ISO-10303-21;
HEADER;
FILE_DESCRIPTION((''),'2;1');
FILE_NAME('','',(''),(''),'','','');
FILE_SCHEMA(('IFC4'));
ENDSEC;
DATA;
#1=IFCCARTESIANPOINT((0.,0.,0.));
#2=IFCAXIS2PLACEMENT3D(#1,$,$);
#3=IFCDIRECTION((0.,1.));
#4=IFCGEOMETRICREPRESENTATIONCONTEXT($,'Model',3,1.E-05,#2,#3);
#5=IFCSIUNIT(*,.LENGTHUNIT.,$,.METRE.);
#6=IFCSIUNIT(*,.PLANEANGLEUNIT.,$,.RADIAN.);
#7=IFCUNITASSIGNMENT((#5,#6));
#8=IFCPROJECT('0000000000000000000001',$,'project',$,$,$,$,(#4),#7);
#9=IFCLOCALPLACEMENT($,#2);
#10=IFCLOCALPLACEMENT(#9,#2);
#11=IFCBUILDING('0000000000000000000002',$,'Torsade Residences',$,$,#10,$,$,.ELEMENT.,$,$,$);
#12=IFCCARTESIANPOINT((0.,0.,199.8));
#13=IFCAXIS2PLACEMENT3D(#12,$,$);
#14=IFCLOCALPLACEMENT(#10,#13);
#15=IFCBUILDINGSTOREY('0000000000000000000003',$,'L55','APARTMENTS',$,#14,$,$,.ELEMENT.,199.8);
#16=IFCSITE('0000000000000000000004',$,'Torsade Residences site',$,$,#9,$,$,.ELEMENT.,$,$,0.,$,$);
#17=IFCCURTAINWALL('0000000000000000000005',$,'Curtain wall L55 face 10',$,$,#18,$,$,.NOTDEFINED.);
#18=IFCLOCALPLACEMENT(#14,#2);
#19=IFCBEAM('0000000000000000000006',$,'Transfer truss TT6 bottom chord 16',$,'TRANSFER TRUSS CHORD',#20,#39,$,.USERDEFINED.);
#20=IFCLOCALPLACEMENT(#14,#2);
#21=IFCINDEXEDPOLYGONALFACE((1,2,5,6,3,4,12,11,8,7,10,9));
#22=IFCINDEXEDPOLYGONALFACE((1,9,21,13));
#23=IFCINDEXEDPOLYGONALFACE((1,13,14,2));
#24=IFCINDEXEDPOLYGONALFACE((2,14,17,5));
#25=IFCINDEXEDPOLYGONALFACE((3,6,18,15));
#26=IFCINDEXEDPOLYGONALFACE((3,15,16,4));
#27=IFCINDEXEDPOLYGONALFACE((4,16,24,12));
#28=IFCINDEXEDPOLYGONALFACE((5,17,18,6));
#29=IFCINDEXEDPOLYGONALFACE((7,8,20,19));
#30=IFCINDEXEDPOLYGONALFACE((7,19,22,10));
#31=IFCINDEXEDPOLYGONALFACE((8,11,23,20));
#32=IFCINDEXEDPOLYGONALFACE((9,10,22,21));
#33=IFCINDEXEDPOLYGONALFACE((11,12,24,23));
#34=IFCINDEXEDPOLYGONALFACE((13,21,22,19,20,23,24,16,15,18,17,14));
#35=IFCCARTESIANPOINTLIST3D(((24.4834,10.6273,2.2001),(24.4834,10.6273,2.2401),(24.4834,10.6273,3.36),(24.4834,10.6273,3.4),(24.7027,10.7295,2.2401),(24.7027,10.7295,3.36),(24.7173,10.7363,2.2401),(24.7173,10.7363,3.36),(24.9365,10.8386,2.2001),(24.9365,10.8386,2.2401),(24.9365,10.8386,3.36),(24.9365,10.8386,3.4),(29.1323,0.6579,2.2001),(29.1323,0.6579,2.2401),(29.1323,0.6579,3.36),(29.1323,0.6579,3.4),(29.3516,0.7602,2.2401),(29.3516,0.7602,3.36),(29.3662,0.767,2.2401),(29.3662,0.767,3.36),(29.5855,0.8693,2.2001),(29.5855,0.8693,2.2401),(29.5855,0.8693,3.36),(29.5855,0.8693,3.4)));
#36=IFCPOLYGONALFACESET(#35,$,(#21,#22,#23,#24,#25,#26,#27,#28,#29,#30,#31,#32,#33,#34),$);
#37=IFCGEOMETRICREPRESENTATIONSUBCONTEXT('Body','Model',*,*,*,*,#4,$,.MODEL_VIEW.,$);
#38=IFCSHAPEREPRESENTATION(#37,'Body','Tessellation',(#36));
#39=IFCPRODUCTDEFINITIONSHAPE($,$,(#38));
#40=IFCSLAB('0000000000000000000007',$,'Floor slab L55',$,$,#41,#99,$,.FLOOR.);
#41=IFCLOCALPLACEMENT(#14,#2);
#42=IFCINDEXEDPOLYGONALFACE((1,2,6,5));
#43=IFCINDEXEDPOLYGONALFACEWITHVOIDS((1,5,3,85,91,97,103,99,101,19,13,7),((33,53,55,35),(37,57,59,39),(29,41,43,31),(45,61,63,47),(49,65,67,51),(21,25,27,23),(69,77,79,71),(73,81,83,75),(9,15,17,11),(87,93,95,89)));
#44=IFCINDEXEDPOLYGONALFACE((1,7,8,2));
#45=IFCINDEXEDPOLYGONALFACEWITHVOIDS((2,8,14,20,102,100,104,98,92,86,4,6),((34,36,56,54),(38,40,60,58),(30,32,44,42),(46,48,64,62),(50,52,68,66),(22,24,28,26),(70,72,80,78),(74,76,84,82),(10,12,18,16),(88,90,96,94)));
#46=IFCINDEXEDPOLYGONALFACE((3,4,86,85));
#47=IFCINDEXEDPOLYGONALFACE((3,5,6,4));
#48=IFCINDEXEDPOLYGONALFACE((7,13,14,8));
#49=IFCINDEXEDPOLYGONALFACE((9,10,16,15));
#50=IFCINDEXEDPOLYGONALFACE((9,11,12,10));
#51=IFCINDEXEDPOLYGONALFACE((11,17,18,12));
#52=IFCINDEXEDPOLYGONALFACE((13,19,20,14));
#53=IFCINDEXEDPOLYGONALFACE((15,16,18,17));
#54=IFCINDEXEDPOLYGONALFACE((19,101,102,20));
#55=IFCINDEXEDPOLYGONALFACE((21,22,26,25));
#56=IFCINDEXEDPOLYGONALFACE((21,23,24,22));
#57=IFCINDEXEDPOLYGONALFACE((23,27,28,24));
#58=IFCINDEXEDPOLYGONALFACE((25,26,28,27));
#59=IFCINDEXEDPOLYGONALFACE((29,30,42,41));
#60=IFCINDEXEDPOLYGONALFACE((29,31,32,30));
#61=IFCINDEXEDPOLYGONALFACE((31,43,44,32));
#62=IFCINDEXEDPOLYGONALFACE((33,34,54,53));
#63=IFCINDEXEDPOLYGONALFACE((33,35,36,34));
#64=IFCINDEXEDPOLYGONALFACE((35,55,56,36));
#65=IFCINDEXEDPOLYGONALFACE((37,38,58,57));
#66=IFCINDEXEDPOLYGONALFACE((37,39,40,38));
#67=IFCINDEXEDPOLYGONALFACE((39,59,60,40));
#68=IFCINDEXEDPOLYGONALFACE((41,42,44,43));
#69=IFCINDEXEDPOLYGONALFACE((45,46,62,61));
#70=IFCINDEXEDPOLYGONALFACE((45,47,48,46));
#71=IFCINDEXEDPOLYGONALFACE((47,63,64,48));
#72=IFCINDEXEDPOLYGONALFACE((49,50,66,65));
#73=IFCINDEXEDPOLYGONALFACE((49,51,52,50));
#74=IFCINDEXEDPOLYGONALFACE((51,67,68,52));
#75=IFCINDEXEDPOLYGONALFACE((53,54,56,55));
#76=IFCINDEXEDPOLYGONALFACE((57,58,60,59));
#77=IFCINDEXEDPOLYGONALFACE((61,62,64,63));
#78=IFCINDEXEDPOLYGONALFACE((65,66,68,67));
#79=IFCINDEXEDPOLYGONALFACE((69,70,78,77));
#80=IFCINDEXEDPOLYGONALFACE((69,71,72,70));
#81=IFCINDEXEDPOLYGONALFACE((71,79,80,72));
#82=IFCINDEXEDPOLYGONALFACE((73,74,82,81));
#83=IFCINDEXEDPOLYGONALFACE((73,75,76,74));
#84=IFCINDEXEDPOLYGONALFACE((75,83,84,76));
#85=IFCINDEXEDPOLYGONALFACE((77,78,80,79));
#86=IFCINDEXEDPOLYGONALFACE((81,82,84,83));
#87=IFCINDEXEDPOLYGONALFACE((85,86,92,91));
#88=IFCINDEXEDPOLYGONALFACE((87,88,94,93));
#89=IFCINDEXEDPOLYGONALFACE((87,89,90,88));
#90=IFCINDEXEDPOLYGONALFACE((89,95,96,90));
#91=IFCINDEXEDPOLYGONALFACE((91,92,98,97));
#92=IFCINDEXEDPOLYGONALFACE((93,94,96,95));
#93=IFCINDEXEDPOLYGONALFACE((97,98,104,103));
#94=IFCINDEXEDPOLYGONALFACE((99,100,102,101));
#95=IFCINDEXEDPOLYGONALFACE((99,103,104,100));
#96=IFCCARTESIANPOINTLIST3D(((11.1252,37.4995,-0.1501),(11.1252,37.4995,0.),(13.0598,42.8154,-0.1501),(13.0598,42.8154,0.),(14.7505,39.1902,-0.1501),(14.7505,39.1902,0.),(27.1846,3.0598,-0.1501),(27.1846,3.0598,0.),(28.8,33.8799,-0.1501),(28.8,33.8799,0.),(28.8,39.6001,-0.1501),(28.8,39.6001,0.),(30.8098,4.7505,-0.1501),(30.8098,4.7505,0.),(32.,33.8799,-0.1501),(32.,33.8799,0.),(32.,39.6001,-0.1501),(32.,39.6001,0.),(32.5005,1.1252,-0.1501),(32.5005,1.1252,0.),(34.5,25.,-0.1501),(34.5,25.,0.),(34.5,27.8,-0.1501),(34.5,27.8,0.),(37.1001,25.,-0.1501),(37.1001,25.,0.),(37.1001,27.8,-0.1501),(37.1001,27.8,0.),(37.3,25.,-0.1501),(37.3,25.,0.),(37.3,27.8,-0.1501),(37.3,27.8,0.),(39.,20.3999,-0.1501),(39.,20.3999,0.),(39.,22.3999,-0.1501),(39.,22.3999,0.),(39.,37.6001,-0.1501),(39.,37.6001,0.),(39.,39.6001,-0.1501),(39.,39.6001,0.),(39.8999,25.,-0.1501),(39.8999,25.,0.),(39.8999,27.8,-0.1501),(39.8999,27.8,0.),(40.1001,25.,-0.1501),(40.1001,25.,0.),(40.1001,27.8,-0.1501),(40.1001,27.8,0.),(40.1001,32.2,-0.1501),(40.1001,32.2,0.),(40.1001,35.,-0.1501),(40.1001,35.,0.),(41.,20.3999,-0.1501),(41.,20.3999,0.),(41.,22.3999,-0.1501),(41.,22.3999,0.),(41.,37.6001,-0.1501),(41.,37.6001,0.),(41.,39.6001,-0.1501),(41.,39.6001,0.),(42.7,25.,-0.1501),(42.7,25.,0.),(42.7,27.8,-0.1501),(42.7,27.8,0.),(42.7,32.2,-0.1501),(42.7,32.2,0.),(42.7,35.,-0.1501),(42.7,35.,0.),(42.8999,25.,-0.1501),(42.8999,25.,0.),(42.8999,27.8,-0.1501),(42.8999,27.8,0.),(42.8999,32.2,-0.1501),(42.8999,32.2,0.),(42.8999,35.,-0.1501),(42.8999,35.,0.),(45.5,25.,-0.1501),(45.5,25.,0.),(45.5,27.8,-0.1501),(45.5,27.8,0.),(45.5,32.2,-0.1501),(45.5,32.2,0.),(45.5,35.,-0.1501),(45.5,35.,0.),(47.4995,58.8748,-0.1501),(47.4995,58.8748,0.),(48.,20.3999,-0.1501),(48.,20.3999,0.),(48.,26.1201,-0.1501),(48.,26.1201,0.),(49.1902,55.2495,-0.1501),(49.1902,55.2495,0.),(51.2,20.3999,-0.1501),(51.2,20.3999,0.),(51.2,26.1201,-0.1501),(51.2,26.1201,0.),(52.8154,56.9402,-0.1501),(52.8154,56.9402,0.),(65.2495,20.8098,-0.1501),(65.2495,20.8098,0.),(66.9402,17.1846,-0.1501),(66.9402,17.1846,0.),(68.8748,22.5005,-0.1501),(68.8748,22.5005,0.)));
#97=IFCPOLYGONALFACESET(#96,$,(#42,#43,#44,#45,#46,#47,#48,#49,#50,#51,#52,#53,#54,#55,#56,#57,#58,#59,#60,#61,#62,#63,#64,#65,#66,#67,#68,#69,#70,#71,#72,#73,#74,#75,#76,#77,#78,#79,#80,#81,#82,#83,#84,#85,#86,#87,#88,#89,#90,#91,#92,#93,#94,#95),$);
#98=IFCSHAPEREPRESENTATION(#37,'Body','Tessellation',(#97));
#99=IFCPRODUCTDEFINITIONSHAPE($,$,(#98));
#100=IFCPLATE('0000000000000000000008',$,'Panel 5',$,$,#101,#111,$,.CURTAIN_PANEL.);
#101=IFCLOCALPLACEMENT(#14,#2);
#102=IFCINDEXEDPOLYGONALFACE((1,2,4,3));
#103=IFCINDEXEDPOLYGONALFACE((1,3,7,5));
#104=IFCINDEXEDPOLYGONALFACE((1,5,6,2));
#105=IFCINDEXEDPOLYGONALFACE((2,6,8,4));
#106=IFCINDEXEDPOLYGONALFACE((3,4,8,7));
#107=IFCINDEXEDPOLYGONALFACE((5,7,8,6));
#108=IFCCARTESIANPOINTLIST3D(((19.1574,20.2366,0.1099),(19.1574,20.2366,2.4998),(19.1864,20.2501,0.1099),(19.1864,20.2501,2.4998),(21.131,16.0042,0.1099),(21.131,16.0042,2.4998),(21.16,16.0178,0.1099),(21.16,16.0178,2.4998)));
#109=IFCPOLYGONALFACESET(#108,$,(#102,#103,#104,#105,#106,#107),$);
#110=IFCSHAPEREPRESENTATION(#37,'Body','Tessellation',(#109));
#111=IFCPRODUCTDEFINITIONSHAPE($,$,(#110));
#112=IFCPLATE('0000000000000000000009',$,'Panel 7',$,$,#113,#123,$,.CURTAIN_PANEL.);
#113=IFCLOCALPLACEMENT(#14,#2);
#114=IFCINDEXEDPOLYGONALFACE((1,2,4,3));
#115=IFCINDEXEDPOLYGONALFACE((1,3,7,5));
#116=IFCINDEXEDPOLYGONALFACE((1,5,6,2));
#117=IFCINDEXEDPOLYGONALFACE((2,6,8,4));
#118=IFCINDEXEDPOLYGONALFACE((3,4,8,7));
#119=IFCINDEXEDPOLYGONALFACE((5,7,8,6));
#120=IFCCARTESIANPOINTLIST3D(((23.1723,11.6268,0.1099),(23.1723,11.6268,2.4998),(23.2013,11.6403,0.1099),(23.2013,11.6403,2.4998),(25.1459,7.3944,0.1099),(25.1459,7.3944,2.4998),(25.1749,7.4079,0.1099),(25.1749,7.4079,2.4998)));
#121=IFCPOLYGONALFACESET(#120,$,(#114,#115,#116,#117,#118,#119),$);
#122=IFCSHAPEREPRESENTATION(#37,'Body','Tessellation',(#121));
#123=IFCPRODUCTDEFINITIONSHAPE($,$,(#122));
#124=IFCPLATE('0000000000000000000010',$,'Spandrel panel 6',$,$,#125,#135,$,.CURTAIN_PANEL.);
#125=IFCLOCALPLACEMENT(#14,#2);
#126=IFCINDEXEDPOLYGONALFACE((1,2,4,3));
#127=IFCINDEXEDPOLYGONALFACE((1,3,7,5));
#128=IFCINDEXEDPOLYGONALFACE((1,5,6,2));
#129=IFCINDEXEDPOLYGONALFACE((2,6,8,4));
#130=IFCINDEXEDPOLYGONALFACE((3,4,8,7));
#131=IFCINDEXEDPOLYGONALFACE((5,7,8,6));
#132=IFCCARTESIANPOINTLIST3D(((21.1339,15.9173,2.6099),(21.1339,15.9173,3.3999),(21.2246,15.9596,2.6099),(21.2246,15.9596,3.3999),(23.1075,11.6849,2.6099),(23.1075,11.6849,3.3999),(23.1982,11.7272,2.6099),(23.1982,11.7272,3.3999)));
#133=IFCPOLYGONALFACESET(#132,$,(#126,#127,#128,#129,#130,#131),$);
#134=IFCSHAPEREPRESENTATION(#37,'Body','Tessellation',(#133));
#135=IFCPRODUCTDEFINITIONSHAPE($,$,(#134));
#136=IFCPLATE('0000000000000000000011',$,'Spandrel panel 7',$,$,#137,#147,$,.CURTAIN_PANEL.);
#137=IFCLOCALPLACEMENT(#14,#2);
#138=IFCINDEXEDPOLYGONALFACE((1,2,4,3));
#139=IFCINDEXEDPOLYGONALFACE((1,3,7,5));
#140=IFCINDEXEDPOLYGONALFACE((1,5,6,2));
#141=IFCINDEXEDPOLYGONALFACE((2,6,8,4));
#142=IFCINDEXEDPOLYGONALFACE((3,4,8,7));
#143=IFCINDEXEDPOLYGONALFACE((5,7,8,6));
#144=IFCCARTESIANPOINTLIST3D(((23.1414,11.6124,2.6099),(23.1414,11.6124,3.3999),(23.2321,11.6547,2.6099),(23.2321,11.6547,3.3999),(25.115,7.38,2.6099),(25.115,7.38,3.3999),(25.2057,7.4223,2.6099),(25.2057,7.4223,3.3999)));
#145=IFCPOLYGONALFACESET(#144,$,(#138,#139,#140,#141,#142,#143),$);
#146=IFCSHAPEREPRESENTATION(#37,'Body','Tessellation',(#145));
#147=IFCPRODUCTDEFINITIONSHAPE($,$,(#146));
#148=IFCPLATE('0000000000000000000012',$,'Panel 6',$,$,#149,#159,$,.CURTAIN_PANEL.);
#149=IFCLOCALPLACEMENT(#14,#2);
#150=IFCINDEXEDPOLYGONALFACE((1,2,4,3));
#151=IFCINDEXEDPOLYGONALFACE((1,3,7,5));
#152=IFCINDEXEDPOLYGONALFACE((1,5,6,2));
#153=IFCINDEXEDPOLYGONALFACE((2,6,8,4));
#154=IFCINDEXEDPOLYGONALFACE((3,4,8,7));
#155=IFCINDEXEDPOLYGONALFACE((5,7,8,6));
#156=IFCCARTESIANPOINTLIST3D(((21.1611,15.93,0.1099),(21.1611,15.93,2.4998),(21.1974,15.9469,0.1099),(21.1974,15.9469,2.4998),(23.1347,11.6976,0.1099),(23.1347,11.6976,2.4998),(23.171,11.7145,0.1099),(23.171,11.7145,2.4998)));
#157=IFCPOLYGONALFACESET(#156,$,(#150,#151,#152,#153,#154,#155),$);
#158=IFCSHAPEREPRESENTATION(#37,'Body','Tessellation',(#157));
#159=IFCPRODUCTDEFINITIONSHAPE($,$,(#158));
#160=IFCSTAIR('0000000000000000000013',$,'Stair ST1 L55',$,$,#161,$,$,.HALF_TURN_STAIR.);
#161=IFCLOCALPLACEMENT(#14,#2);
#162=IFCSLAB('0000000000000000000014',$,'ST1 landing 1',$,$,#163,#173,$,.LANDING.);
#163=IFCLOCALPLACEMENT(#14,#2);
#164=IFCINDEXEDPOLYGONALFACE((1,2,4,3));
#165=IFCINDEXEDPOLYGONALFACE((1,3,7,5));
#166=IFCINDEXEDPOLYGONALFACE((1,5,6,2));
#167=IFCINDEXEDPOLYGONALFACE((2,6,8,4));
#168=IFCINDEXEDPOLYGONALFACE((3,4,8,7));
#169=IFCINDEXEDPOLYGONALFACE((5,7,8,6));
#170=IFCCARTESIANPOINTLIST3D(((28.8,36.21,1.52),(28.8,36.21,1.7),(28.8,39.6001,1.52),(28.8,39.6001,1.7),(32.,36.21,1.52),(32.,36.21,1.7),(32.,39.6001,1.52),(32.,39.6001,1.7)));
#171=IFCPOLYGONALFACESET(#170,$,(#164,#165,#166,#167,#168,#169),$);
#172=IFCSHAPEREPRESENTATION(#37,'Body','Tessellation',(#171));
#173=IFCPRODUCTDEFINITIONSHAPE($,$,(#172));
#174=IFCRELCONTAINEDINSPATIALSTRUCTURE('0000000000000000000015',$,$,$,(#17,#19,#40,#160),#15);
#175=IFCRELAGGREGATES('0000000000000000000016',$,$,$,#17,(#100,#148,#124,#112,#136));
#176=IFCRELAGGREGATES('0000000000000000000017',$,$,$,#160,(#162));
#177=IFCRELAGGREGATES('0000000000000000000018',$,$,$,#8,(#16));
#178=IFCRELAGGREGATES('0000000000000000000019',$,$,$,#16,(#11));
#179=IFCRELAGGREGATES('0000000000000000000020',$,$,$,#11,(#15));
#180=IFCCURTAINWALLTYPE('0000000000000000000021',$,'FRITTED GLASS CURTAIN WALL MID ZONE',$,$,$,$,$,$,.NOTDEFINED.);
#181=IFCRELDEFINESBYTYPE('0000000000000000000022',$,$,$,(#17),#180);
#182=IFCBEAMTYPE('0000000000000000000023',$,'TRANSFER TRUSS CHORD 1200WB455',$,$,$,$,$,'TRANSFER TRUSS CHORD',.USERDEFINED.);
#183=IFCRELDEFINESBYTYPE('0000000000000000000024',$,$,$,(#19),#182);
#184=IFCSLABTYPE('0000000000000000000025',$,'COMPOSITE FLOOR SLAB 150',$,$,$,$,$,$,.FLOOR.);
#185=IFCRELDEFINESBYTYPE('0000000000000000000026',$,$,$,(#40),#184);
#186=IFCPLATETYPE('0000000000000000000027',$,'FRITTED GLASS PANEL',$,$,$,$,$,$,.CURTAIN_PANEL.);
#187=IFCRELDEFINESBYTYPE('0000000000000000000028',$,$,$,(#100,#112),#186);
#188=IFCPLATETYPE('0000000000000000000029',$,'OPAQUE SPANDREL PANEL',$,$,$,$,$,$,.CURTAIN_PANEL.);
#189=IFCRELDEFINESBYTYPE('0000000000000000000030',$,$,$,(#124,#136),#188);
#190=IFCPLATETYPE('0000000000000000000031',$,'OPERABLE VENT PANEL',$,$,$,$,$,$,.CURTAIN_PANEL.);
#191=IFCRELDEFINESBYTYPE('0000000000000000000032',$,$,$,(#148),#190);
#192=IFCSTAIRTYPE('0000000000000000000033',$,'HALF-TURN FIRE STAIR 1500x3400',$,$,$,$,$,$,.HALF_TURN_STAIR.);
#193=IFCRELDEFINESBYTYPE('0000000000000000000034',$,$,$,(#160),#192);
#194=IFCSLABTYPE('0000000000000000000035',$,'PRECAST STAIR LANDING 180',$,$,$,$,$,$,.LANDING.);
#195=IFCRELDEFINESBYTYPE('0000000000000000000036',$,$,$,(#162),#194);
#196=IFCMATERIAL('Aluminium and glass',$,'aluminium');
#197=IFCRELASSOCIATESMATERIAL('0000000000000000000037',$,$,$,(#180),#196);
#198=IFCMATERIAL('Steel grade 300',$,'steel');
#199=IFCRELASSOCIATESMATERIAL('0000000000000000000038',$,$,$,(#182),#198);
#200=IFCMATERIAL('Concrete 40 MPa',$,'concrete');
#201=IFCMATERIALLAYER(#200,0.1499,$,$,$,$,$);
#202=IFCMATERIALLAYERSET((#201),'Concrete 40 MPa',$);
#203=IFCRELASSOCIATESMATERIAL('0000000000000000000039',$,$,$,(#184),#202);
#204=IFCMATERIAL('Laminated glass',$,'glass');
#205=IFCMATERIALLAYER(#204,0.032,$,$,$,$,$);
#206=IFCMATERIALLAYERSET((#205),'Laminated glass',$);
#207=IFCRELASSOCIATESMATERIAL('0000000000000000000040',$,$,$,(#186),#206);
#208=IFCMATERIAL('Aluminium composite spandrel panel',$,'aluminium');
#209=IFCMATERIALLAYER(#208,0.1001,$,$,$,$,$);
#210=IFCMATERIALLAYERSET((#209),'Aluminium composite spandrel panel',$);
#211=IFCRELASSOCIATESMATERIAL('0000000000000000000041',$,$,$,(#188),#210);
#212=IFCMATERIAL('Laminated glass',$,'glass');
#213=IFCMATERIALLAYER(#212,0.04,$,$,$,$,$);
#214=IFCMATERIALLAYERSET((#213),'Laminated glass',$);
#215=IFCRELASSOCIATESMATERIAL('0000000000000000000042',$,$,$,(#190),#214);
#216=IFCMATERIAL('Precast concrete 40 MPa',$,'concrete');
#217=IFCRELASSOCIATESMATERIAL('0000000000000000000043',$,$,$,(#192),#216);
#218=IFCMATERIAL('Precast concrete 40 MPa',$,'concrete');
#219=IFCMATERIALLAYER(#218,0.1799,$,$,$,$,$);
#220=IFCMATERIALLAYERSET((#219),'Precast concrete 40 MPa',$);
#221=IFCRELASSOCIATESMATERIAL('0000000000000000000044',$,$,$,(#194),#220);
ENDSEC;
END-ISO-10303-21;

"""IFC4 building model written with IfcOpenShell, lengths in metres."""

from ifc_helpers import new_model, si_unit, direction, frame, origin, origin_2d, place, context, subcontext, project, spatial, polyline, rectangle, i_section, outline, extrude, material, layer, layer_set, material_profile, profile_set, type_object, element, aggregate, save


model = new_model("IFC4")

# Units and contexts
model_context = context("Model", 3, precision=1e-05, world=origin(), true_north=direction((0.0, 1.0)))
body_context = subcontext(model_context, "Body", "Model", "MODEL_VIEW")
ifc_project = project(units=[si_unit("LENGTHUNIT", "METRE"), si_unit("PLANEANGLEUNIT", "RADIAN")], contexts=[model_context])

# Site, building, storey
site_placement = place(None, origin())
site = spatial("IfcSite", under=ifc_project, at=site_placement, Name="Torsade Residences site", CompositionType="ELEMENT", RefElevation=0.0)
building_placement = place(site_placement, origin())
building = spatial("IfcBuilding", under=site, at=building_placement, Name="Torsade Residences", CompositionType="ELEMENT")
storey_placement = place(building_placement, frame((0.0, 0.0, 199.8)))
storey = spatial("IfcBuildingStorey", under=building, at=storey_placement, Name="L55", Description="APARTMENTS", CompositionType="ELEMENT", Elevation=199.8)

# Curtain wall
ifc_material_1 = material(Name="Aluminium and glass", Category="aluminium")
curtain_wall_type = type_object("IfcCurtainWallType", Name="FRITTED GLASS CURTAIN WALL MID ZONE", PredefinedType="NOTDEFINED", material=ifc_material_1)
curtain_wall_placement = place(storey_placement, origin())
curtain_wall = element("IfcCurtainWall", 1, at=curtain_wall_placement, inside=storey, type_object=curtain_wall_type, Name="Curtain wall L55 face 10", PredefinedType="NOTDEFINED")

# Beam
ifc_material_2 = material(Name="Steel grade 300", Category="steel")
ifc_material_profile_1 = material_profile(ifc_material_2, i_section(OverallWidth=0.5, OverallDepth=1.2, WebThickness=0.0161, FlangeThickness=0.04, at=origin_2d()), Name="1200WB455")
ifc_profile_set_1 = profile_set([ifc_material_profile_1], Name="Steel grade 300")
beam_type_1 = type_object("IfcBeamType", Name="TRANSFER TRUSS CHORD 1200WB455", ElementType="TRANSFER TRUSS CHORD", PredefinedType="USERDEFINED", material=ifc_profile_set_1)
beam_1_placement = place(storey_placement, frame((24.71, 10.7329, 2.8), z_axis=(0.422633, -0.906301, 0.0), x_axis=(0.906301, 0.422633, 0.0)))
element("IfcBeam", 2, at=beam_1_placement, inside=storey, type_object=beam_type_1, Name="Transfer truss TT6 bottom chord 16", ObjectType="TRANSFER TRUSS CHORD", PredefinedType="USERDEFINED", context=body_context, shape_type="SweptSolid", body=[
    extrude(i_section(OverallWidth=0.5, OverallDepth=1.2, WebThickness=0.0161, FlangeThickness=0.04, at=origin_2d()), origin(), (0.0, 0.0, 1.0), 11.0),
])

# Slab
ifc_material_3 = material(Name="Concrete 40 MPa", Category="concrete")
ifc_layer_1 = layer(ifc_material_3, 0.1499)
ifc_layer_set_1 = layer_set([ifc_layer_1], Name="Concrete 40 MPa")
slab_type_1 = type_object("IfcSlabType", Name="COMPOSITE FLOOR SLAB 150", PredefinedType="FLOOR", material=ifc_layer_set_1)
slab_1_placement = place(storey_placement, frame((0.0, 0.0, -0.1501)))
element("IfcSlab", 3, at=slab_1_placement, inside=storey, type_object=slab_type_1, Name="Floor slab L55", PredefinedType="FLOOR", context=body_context, shape_type="SweptSolid", body=[
    extrude(outline(polyline([(32.5005, 1.1252), (66.9402, 17.1846), (65.2495, 20.8098), (68.8748, 22.5005), (52.8154, 56.9402), (49.1902, 55.2495), (47.4995, 58.8748), (13.0598, 42.8154), (14.7505, 39.1902), (11.1252, 37.4995), (27.1846, 3.0598), (30.8098, 4.7505), (32.5005, 1.1252)]), holes=[polyline([(51.2, 26.1201), (48.0, 26.1201), (48.0, 20.3999), (51.2, 20.3999), (51.2, 26.1201)]), polyline([(45.5, 27.8), (42.8999, 27.8), (42.8999, 25.0), (45.5, 25.0), (45.5, 27.8)]), polyline([(45.5, 35.0), (42.8999, 35.0), (42.8999, 32.2), (45.5, 32.2), (45.5, 35.0)]), polyline([(42.7, 25.0), (42.7, 27.8), (40.1001, 27.8), (40.1001, 25.0), (42.7, 25.0)]), polyline([(42.7, 35.0), (40.1001, 35.0), (40.1001, 32.2), (42.7, 32.2), (42.7, 35.0)]), polyline([(41.0, 22.3999), (39.0, 22.3999), (39.0, 20.3999), (41.0, 20.3999), (41.0, 22.3999)]), polyline([(41.0, 37.6001), (41.0, 39.6001), (39.0, 39.6001), (39.0, 37.6001), (41.0, 37.6001)]), polyline([(39.8999, 25.0), (39.8999, 27.8), (37.3, 27.8), (37.3, 25.0), (39.8999, 25.0)]), polyline([(37.1001, 27.8), (34.5, 27.8), (34.5, 25.0), (37.1001, 25.0), (37.1001, 27.8)]), polyline([(32.0, 33.8799), (32.0, 39.6001), (28.8, 39.6001), (28.8, 33.8799), (32.0, 33.8799)])]), origin(), (0.0, 0.0, 1.0), 0.1501),
])

# Plates
ifc_material_4 = material(Name="Laminated glass", Category="glass")
ifc_layer_2 = layer(ifc_material_4, 0.032)
ifc_layer_set_2 = layer_set([ifc_layer_2], Name="Laminated glass")
plate_type_1 = type_object("IfcPlateType", Name="FRITTED GLASS PANEL", PredefinedType="CURTAIN_PANEL", material=ifc_layer_set_2)
plate_1_placement = place(storey_placement, frame((20.1587, 18.1272, 0.1099), z_axis=(0.0, 0.0, 1.0), x_axis=(0.422618, -0.906308, 0.0)))
plate_1 = element("IfcPlate", 4, at=plate_1_placement, type_object=plate_type_1, Name="Panel 5", PredefinedType="CURTAIN_PANEL", context=body_context, shape_type="SweptSolid", body=[
    extrude(rectangle(XDim=4.6699, YDim=0.032, at=origin_2d()), origin(), (0.0, 0.0, 1.0), 2.3899),
])
plate_2_placement = place(storey_placement, frame((24.1736, 9.5173, 0.1099), z_axis=(0.0, 0.0, 1.0), x_axis=(0.422618, -0.906308, 0.0)))
plate_2 = element("IfcPlate", 5, at=plate_2_placement, type_object=plate_type_1, Name="Panel 7", PredefinedType="CURTAIN_PANEL", context=body_context, shape_type="SweptSolid", body=[
    extrude(rectangle(XDim=4.6699, YDim=0.032, at=origin_2d()), origin(), (0.0, 0.0, 1.0), 2.3899),
])
ifc_material_5 = material(Name="Aluminium composite spandrel panel", Category="aluminium")
ifc_layer_3 = layer(ifc_material_5, 0.1001)
ifc_layer_set_3 = layer_set([ifc_layer_3], Name="Aluminium composite spandrel panel")
plate_type_2 = type_object("IfcPlateType", Name="OPAQUE SPANDREL PANEL", PredefinedType="CURTAIN_PANEL", material=ifc_layer_set_3)
plate_3_placement = place(storey_placement, frame((22.166, 13.8223, 2.6099), z_axis=(0.0, 0.0, 1.0), x_axis=(0.422618, -0.906308, 0.0)))
plate_3 = element("IfcPlate", 6, at=plate_3_placement, type_object=plate_type_2, Name="Spandrel panel 6", PredefinedType="CURTAIN_PANEL", context=body_context, shape_type="SweptSolid", body=[
    extrude(rectangle(XDim=4.6699, YDim=0.1001, at=origin_2d()), origin(), (0.0, 0.0, 1.0), 0.79),
])
plate_4_placement = place(storey_placement, frame((24.1736, 9.5173, 2.6099), z_axis=(0.0, 0.0, 1.0), x_axis=(0.422618, -0.906308, 0.0)))
plate_4 = element("IfcPlate", 7, at=plate_4_placement, type_object=plate_type_2, Name="Spandrel panel 7", PredefinedType="CURTAIN_PANEL", context=body_context, shape_type="SweptSolid", body=[
    extrude(rectangle(XDim=4.6699, YDim=0.1001, at=origin_2d()), origin(), (0.0, 0.0, 1.0), 0.79),
])
ifc_material_6 = material(Name="Laminated glass", Category="glass")
ifc_layer_4 = layer(ifc_material_6, 0.04)
ifc_layer_set_4 = layer_set([ifc_layer_4], Name="Laminated glass")
plate_type_3 = type_object("IfcPlateType", Name="OPERABLE VENT PANEL", PredefinedType="CURTAIN_PANEL", material=ifc_layer_set_4)
plate_5_placement = place(storey_placement, frame((22.166, 13.8223, 0.1099), z_axis=(0.0, 0.0, 1.0), x_axis=(0.422618, -0.906308, 0.0)))
plate_5 = element("IfcPlate", 8, at=plate_5_placement, type_object=plate_type_3, Name="Panel 6", PredefinedType="CURTAIN_PANEL", context=body_context, shape_type="SweptSolid", body=[
    extrude(rectangle(XDim=4.6699, YDim=0.04, at=origin_2d()), origin(), (0.0, 0.0, 1.0), 2.3899),
])
aggregate(curtain_wall, [plate_1, plate_5, plate_3, plate_2, plate_4])

# Stair, slab
ifc_material_7 = material(Name="Precast concrete 40 MPa", Category="concrete")
stair_type = type_object("IfcStairType", Name="HALF-TURN FIRE STAIR 1500x3400", PredefinedType="HALF_TURN_STAIR", material=ifc_material_7)
stair_1_placement = place(storey_placement, origin())
stair_1 = element("IfcStair", 9, at=stair_1_placement, inside=storey, type_object=stair_type, Name="Stair ST1 L55", PredefinedType="HALF_TURN_STAIR")
ifc_material_8 = material(Name="Precast concrete 40 MPa", Category="concrete")
ifc_layer_5 = layer(ifc_material_8, 0.1799)
ifc_layer_set_5 = layer_set([ifc_layer_5], Name="Precast concrete 40 MPa")
slab_type_2 = type_object("IfcSlabType", Name="PRECAST STAIR LANDING 180", PredefinedType="LANDING", material=ifc_layer_set_5)
slab_2_placement = place(storey_placement, frame((0.0, 0.0, 1.52)))
slab_2 = element("IfcSlab", 10, at=slab_2_placement, type_object=slab_type_2, Name="ST1 landing 1", PredefinedType="LANDING", context=body_context, shape_type="SweptSolid", body=[
    extrude(outline(polyline([(28.8, 36.21), (32.0, 36.21), (32.0, 39.6001), (28.8, 39.6001), (28.8, 36.21)])), origin(), (0.0, 0.0, 1.0), 0.1799),
])
aggregate(stair_1, [slab_2])

save(model, "model.ifc")
